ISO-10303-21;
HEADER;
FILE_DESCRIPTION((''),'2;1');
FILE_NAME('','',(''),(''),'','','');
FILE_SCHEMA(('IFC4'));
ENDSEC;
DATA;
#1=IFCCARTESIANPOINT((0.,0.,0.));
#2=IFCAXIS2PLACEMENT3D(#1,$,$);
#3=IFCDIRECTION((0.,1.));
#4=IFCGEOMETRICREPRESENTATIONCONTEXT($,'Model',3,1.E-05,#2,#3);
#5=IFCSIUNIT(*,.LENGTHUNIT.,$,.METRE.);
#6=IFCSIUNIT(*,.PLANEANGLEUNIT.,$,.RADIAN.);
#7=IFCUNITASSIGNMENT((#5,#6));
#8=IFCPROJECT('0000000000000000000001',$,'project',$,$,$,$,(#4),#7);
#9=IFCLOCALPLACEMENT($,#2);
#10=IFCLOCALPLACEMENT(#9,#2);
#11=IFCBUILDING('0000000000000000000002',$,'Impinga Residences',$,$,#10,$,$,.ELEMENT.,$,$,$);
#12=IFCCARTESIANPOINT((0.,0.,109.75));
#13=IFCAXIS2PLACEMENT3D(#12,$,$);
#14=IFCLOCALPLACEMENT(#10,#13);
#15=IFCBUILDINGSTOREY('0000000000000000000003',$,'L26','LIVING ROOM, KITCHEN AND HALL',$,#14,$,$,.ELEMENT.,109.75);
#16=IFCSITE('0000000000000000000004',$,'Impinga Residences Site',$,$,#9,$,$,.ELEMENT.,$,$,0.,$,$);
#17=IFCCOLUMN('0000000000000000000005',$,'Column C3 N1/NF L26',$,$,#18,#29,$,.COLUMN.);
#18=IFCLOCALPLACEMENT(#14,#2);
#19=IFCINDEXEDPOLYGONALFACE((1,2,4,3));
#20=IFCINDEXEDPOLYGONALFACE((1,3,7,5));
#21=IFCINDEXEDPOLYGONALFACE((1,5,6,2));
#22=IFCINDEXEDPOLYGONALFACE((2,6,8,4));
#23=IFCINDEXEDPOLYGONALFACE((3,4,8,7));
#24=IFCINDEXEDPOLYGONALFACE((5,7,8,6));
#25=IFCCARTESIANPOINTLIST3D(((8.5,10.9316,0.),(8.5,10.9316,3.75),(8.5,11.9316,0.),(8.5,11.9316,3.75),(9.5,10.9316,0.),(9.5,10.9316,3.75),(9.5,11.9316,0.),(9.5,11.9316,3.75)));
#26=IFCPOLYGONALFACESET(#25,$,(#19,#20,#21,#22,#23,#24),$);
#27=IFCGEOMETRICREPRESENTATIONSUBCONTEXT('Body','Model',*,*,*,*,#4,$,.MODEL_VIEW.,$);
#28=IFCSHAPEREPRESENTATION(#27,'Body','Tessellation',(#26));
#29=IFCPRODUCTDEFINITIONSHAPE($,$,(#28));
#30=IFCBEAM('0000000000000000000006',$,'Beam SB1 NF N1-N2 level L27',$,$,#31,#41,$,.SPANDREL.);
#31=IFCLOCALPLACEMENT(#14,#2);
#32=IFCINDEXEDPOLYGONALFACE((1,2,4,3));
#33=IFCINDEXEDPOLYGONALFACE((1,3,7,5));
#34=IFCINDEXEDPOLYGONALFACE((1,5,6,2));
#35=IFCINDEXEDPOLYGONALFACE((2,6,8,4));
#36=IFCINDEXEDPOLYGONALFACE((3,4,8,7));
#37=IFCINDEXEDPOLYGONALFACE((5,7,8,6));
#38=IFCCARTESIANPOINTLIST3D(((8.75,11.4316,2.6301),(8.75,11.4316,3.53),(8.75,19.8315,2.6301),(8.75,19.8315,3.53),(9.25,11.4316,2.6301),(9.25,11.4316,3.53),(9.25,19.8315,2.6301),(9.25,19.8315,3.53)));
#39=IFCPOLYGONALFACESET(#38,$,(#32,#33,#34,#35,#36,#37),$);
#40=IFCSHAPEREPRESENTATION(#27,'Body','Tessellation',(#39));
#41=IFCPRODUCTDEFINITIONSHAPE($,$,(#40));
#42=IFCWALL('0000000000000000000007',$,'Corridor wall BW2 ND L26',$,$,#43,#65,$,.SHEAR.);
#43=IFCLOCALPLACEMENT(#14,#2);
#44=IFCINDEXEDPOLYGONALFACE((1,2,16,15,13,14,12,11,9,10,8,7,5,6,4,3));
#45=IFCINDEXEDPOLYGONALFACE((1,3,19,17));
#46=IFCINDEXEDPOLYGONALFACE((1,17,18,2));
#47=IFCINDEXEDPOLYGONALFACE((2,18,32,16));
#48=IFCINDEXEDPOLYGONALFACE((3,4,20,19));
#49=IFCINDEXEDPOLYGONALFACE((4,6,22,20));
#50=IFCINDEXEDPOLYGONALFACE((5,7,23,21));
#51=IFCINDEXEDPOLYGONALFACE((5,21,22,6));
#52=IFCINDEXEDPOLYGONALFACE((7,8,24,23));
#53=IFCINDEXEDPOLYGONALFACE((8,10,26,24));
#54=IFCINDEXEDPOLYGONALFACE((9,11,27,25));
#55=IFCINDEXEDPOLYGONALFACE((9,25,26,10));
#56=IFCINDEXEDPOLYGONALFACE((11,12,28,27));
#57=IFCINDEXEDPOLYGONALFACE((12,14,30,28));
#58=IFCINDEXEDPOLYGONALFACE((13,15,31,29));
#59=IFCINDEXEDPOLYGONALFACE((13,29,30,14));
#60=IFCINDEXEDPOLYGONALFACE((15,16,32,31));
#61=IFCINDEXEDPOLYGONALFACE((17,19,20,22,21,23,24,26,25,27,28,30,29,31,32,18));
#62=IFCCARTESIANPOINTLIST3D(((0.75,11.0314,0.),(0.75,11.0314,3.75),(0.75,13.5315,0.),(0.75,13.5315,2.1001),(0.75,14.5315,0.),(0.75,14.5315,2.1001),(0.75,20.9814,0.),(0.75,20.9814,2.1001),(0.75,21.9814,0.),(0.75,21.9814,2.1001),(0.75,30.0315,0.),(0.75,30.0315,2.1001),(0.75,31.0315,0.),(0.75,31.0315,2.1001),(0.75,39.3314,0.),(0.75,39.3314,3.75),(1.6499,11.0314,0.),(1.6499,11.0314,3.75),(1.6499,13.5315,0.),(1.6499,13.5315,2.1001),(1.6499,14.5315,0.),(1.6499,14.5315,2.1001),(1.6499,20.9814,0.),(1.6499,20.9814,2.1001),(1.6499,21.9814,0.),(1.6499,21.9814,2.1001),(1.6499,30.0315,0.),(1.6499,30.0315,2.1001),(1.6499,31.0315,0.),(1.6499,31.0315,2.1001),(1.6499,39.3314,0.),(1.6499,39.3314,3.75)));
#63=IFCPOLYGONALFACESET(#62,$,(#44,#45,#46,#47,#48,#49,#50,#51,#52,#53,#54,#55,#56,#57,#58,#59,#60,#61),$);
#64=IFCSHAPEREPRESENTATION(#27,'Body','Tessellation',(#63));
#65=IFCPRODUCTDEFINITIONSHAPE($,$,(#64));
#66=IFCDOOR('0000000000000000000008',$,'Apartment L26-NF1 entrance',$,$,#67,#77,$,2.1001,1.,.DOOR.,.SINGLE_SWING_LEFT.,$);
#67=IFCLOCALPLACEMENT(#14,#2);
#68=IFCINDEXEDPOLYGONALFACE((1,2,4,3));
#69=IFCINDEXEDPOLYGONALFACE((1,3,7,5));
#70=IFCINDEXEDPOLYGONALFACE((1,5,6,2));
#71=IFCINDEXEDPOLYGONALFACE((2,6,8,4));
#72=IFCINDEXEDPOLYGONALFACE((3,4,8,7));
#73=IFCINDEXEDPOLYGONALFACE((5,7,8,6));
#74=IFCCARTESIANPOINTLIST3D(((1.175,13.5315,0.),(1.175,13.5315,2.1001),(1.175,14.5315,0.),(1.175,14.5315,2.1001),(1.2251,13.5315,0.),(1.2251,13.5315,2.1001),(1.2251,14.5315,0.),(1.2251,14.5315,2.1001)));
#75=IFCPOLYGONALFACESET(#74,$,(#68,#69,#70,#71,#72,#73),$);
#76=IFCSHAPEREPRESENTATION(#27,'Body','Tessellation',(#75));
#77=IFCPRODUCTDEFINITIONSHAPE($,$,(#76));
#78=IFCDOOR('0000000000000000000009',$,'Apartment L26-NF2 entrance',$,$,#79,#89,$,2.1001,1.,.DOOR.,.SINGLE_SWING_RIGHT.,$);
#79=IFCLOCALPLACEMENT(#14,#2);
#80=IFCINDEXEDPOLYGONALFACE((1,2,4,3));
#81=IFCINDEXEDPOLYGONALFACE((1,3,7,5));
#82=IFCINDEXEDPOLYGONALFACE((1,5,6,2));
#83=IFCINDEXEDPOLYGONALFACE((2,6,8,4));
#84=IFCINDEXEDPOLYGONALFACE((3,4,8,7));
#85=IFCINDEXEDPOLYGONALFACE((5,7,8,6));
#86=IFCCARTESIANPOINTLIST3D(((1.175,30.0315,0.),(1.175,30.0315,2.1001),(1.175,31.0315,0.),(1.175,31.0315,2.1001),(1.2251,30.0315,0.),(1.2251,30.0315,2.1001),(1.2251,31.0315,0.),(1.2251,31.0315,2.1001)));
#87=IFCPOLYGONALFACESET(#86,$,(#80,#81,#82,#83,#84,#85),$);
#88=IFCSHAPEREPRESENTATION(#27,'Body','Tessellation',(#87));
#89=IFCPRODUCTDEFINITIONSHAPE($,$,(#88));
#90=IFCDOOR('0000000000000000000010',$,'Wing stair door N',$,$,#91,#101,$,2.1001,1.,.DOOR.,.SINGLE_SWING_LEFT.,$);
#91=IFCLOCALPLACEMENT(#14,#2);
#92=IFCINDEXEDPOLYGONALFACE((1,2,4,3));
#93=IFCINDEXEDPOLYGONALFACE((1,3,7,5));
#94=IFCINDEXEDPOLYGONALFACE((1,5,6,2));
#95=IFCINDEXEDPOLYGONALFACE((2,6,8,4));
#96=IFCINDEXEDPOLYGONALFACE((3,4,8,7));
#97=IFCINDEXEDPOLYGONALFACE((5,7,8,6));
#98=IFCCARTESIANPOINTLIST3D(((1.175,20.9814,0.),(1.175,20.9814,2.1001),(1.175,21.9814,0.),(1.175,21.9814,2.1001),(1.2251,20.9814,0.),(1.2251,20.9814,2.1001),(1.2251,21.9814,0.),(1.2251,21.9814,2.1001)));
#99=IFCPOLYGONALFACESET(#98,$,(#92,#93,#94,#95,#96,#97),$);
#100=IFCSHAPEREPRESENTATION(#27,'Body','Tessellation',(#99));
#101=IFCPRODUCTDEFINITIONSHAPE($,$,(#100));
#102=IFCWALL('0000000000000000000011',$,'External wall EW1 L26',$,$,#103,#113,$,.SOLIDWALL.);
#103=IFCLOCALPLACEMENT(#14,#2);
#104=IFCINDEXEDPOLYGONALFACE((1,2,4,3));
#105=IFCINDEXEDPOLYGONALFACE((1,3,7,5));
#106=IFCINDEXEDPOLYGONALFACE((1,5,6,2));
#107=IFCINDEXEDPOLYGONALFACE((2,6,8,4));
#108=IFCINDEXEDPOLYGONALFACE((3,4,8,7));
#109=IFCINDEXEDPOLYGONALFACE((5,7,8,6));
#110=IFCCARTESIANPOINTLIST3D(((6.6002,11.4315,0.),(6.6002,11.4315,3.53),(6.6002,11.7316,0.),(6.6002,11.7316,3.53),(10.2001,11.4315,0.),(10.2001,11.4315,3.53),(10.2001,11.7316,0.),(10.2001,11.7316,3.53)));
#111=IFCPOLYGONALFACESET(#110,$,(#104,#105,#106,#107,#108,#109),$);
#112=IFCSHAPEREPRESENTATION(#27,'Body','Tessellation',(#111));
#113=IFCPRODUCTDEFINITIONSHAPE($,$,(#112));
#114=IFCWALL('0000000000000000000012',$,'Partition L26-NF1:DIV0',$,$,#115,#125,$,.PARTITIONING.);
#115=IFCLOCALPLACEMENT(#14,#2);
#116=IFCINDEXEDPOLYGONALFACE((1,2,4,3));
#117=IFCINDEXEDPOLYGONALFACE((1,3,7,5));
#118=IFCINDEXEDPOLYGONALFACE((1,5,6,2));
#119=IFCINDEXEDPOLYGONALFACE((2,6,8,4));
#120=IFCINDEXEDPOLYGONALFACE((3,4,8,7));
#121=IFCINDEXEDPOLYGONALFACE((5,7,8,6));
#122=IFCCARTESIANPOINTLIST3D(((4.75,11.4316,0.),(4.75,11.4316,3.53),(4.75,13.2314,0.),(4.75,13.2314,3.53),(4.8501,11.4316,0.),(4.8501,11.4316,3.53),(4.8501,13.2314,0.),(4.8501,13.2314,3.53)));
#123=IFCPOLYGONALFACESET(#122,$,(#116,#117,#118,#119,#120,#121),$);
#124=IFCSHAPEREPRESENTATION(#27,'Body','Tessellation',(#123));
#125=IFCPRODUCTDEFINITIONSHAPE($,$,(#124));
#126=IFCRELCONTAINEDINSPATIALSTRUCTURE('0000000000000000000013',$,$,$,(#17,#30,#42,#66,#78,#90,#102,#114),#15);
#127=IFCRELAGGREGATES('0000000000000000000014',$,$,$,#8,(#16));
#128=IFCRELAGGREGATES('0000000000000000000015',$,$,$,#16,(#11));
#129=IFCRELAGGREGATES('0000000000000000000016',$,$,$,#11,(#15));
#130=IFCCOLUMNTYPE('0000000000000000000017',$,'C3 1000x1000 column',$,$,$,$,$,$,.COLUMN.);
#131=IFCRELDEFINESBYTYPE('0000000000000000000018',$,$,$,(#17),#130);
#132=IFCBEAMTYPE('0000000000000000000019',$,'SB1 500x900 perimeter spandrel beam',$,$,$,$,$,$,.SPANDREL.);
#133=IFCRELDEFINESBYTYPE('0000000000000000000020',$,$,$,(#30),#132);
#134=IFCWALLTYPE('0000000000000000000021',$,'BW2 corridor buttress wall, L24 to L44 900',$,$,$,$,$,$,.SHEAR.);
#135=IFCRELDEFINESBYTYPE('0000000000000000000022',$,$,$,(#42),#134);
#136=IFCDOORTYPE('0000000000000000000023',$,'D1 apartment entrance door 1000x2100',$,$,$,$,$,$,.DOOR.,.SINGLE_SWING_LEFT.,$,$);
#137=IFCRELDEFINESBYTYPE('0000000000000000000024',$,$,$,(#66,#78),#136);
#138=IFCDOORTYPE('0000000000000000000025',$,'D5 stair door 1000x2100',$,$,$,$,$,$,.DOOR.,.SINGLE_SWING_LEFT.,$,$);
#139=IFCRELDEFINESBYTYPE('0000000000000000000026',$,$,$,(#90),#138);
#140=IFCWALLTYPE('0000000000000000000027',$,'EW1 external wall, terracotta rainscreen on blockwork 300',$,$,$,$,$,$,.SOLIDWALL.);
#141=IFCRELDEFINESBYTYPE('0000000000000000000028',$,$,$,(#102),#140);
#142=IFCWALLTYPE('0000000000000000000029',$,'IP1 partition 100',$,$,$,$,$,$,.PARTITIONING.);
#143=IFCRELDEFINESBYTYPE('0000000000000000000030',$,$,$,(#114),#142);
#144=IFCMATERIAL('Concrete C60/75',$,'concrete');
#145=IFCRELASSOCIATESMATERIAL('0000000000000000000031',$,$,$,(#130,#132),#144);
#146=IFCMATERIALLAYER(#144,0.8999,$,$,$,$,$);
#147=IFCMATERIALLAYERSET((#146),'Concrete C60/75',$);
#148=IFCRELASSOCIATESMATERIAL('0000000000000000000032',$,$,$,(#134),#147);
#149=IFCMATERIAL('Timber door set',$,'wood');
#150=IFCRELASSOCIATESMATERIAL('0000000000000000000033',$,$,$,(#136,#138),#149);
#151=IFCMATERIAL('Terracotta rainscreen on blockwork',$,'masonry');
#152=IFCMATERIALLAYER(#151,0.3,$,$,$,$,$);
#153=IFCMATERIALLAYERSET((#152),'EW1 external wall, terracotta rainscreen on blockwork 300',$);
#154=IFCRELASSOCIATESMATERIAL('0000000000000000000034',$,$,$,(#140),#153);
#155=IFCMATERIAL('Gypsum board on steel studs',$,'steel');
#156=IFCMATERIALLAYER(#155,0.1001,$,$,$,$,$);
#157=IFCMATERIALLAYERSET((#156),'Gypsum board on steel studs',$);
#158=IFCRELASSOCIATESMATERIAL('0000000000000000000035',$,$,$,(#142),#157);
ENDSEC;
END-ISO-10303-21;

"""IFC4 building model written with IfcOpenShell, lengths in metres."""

from ifc_helpers import new_model, si_unit, direction, frame, frame_2d, origin, origin_2d, place, context, subcontext, project, spatial, rectangle, extrude, material, layer, layer_set, material_profile, profile_set, type_object, element, fill, save


model = new_model("IFC4")

# Units and contexts
model_context = context("Model", 3, precision=1e-05, world=origin(), true_north=direction((0.0, 1.0)))
body_context = subcontext(model_context, "Body", "Model", "MODEL_VIEW")
ifc_project = project(units=[si_unit("LENGTHUNIT", "METRE"), si_unit("PLANEANGLEUNIT", "RADIAN")], contexts=[model_context])

# Site, building, storey
site_placement = place(None, origin())
site = spatial("IfcSite", under=ifc_project, at=site_placement, Name="Impinga Residences Site", CompositionType="ELEMENT", RefElevation=0.0)
building_placement = place(site_placement, origin())
building = spatial("IfcBuilding", under=site, at=building_placement, Name="Impinga Residences", CompositionType="ELEMENT")
storey_placement = place(building_placement, frame((0.0, 0.0, 109.75)))
storey = spatial("IfcBuildingStorey", under=building, at=storey_placement, Name="L26", Description="LIVING ROOM, KITCHEN AND HALL", CompositionType="ELEMENT", Elevation=109.75)

# Column
ifc_material_1 = material(Name="Concrete C60/75", Category="concrete")
ifc_material_profile_1 = material_profile(ifc_material_1, rectangle(XDim=1.0, YDim=1.0, at=origin_2d()), Name="RC 1000x1000")
ifc_profile_set_1 = profile_set([ifc_material_profile_1], Name="Concrete C60/75")
column_type = type_object("IfcColumnType", Name="C3 1000x1000 column", PredefinedType="COLUMN", material=ifc_profile_set_1)
column_placement = place(storey_placement, frame((9.0, 11.4316, 0.0), z_axis=(0.0, 0.0, 1.0), x_axis=(1.0, 0.0, 0.0)))
element("IfcColumn", 1, at=column_placement, inside=storey, type_object=column_type, Name="Column C3 N1/NF L26", PredefinedType="COLUMN", context=body_context, shape_type="SweptSolid", body=[
    extrude(rectangle(XDim=1.0, YDim=1.0, at=origin_2d()), origin(), (0.0, 0.0, 1.0), 3.75),
])

# Beam
ifc_material_profile_2 = material_profile(ifc_material_1, rectangle(XDim=0.5, YDim=0.8999, at=origin_2d()), Name="RC 500x900")
ifc_profile_set_2 = profile_set([ifc_material_profile_2], Name="Concrete C60/75")
beam_type = type_object("IfcBeamType", Name="SB1 500x900 perimeter spandrel beam", PredefinedType="SPANDREL", material=ifc_profile_set_2)
beam_placement = place(storey_placement, frame((9.0, 11.4316, 3.0801), z_axis=(0.0, 1.0, 0.0), x_axis=(-1.0, 0.0, 0.0)))
element("IfcBeam", 2, at=beam_placement, inside=storey, type_object=beam_type, Name="Beam SB1 NF N1-N2 level L27", PredefinedType="SPANDREL", context=body_context, shape_type="SweptSolid", body=[
    extrude(rectangle(XDim=0.5, YDim=0.8999, at=origin_2d()), origin(), (0.0, 0.0, 1.0), 8.3999),
])

# Wall, openings, doors
ifc_layer_1 = layer(ifc_material_1, 0.8999)
ifc_layer_set_1 = layer_set([ifc_layer_1], Name="Concrete C60/75")
wall_type_1 = type_object("IfcWallType", Name="BW2 corridor buttress wall, L24 to L44 900", PredefinedType="SHEAR", material=ifc_layer_set_1)
wall_1_placement = place(storey_placement, frame((1.2, 11.0315, 0.0), z_axis=(0.0, 0.0, 1.0), x_axis=(0.0, 1.0, 0.0)))
wall_1 = element("IfcWall", 3, at=wall_1_placement, inside=storey, type_object=wall_type_1, Name="Corridor wall BW2 ND L26", PredefinedType="SHEAR", context=body_context, shape_type="SweptSolid", body=[
    extrude(rectangle(XDim=28.3, YDim=0.8999, at=frame_2d((14.1499, 0.0))), origin(), (0.0, 0.0, 1.0), 3.75),
])
opening_1_placement = place(wall_1_placement, frame((9.95, 0.0, 0.0)))
opening_1 = element("IfcOpeningElement", 4, at=opening_1_placement, cuts=wall_1, PredefinedType="OPENING", context=body_context, shape_type="SweptSolid", body=[
    extrude(rectangle(XDim=1.0, YDim=2.1001, at=frame_2d((0.5, 1.05))), frame((0.0, 0.46, 0.0), z_axis=(0.0, -1.0, 0.0), x_axis=(1.0, 0.0, 0.0)), (0.0, 0.0, 1.0), 0.9199),
])
opening_2_placement = place(wall_1_placement, frame((2.5, 0.0, 0.0)))
opening_2 = element("IfcOpeningElement", 5, at=opening_2_placement, cuts=wall_1, PredefinedType="OPENING", context=body_context, shape_type="SweptSolid", body=[
    extrude(rectangle(XDim=1.0, YDim=2.1001, at=frame_2d((0.5, 1.05))), frame((0.0, 0.46, 0.0), z_axis=(0.0, -1.0, 0.0), x_axis=(1.0, 0.0, 0.0)), (0.0, 0.0, 1.0), 0.9199),
])
opening_3_placement = place(wall_1_placement, frame((19.0, 0.0, 0.0)))
opening_3 = element("IfcOpeningElement", 6, at=opening_3_placement, cuts=wall_1, PredefinedType="OPENING", context=body_context, shape_type="SweptSolid", body=[
    extrude(rectangle(XDim=1.0, YDim=2.1001, at=frame_2d((0.5, 1.05))), frame((0.0, 0.46, 0.0), z_axis=(0.0, -1.0, 0.0), x_axis=(1.0, 0.0, 0.0)), (0.0, 0.0, 1.0), 0.9199),
])
ifc_material_2 = material(Name="Timber door set", Category="wood")
door_type_1 = type_object("IfcDoorType", Name="D1 apartment entrance door 1000x2100", OperationType="SINGLE_SWING_LEFT", PredefinedType="DOOR", material=ifc_material_2)
door_1_placement = place(opening_2_placement, origin())
door_1 = element("IfcDoor", 7, at=door_1_placement, inside=storey, type_object=door_type_1, Name="Apartment L26-NF1 entrance", OperationType="SINGLE_SWING_LEFT", OverallHeight=2.1001, OverallWidth=1.0, PredefinedType="DOOR", context=body_context, shape_type="SweptSolid", body=[
    extrude(rectangle(XDim=1.0, YDim=2.1001, at=frame_2d((0.5, 1.05))), frame((0.0, 0.0249, 0.0), z_axis=(0.0, -1.0, 0.0), x_axis=(1.0, 0.0, 0.0)), (0.0, 0.0, 1.0), 0.05),
])
fill(opening_2, door_1)
door_2_placement = place(opening_3_placement, origin())
door_2 = element("IfcDoor", 8, at=door_2_placement, inside=storey, type_object=door_type_1, Name="Apartment L26-NF2 entrance", OperationType="SINGLE_SWING_RIGHT", OverallHeight=2.1001, OverallWidth=1.0, PredefinedType="DOOR", context=body_context, shape_type="SweptSolid", body=[
    extrude(rectangle(XDim=1.0, YDim=2.1001, at=frame_2d((0.5, 1.05))), frame((0.0, 0.0249, 0.0), z_axis=(0.0, -1.0, 0.0), x_axis=(1.0, 0.0, 0.0)), (0.0, 0.0, 1.0), 0.05),
])
fill(opening_3, door_2)
door_type_2 = type_object("IfcDoorType", Name="D5 stair door 1000x2100", OperationType="SINGLE_SWING_LEFT", PredefinedType="DOOR", material=ifc_material_2)
door_3_placement = place(opening_1_placement, origin())
door_3 = element("IfcDoor", 9, at=door_3_placement, inside=storey, type_object=door_type_2, Name="Wing stair door N", OperationType="SINGLE_SWING_LEFT", OverallHeight=2.1001, OverallWidth=1.0, PredefinedType="DOOR", context=body_context, shape_type="SweptSolid", body=[
    extrude(rectangle(XDim=1.0, YDim=2.1001, at=frame_2d((0.5, 1.05))), frame((0.0, 0.0249, 0.0), z_axis=(0.0, -1.0, 0.0), x_axis=(1.0, 0.0, 0.0)), (0.0, 0.0, 1.0), 0.05),
])
fill(opening_1, door_3)

# Walls
ifc_material_3 = material(Name="Terracotta rainscreen on blockwork", Category="masonry")
ifc_layer_2 = layer(ifc_material_3, 0.3)
ifc_layer_set_2 = layer_set([ifc_layer_2], Name="EW1 external wall, terracotta rainscreen on blockwork 300")
wall_type_2 = type_object("IfcWallType", Name="EW1 external wall, terracotta rainscreen on blockwork 300", PredefinedType="SOLIDWALL", material=ifc_layer_set_2)
wall_2_placement = place(storey_placement, frame((10.2, 11.5815, 0.0), z_axis=(0.0, 0.0, 1.0), x_axis=(-1.0, 0.0, 0.0)))
element("IfcWall", 10, at=wall_2_placement, inside=storey, type_object=wall_type_2, Name="External wall EW1 L26", PredefinedType="SOLIDWALL", context=body_context, shape_type="SweptSolid", body=[
    extrude(rectangle(XDim=3.5999, YDim=0.3, at=frame_2d((1.7998, 0.0))), origin(), (0.0, 0.0, 1.0), 3.53),
])
ifc_material_4 = material(Name="Gypsum board on steel studs", Category="steel")
ifc_layer_3 = layer(ifc_material_4, 0.1001)
ifc_layer_set_3 = layer_set([ifc_layer_3], Name="Gypsum board on steel studs")
wall_type_3 = type_object("IfcWallType", Name="IP1 partition 100", PredefinedType="PARTITIONING", material=ifc_layer_set_3)
wall_3_placement = place(storey_placement, frame((4.8, 11.4316, 0.0), z_axis=(0.0, 0.0, 1.0), x_axis=(0.0, 1.0, 0.0)))
element("IfcWall", 11, at=wall_3_placement, inside=storey, type_object=wall_type_3, Name="Partition L26-NF1:DIV0", PredefinedType="PARTITIONING", context=body_context, shape_type="SweptSolid", body=[
    extrude(rectangle(XDim=1.7998, YDim=0.1001, at=frame_2d((0.8999, 0.0))), origin(), (0.0, 0.0, 1.0), 3.53),
])

save(model, "model.ifc")
